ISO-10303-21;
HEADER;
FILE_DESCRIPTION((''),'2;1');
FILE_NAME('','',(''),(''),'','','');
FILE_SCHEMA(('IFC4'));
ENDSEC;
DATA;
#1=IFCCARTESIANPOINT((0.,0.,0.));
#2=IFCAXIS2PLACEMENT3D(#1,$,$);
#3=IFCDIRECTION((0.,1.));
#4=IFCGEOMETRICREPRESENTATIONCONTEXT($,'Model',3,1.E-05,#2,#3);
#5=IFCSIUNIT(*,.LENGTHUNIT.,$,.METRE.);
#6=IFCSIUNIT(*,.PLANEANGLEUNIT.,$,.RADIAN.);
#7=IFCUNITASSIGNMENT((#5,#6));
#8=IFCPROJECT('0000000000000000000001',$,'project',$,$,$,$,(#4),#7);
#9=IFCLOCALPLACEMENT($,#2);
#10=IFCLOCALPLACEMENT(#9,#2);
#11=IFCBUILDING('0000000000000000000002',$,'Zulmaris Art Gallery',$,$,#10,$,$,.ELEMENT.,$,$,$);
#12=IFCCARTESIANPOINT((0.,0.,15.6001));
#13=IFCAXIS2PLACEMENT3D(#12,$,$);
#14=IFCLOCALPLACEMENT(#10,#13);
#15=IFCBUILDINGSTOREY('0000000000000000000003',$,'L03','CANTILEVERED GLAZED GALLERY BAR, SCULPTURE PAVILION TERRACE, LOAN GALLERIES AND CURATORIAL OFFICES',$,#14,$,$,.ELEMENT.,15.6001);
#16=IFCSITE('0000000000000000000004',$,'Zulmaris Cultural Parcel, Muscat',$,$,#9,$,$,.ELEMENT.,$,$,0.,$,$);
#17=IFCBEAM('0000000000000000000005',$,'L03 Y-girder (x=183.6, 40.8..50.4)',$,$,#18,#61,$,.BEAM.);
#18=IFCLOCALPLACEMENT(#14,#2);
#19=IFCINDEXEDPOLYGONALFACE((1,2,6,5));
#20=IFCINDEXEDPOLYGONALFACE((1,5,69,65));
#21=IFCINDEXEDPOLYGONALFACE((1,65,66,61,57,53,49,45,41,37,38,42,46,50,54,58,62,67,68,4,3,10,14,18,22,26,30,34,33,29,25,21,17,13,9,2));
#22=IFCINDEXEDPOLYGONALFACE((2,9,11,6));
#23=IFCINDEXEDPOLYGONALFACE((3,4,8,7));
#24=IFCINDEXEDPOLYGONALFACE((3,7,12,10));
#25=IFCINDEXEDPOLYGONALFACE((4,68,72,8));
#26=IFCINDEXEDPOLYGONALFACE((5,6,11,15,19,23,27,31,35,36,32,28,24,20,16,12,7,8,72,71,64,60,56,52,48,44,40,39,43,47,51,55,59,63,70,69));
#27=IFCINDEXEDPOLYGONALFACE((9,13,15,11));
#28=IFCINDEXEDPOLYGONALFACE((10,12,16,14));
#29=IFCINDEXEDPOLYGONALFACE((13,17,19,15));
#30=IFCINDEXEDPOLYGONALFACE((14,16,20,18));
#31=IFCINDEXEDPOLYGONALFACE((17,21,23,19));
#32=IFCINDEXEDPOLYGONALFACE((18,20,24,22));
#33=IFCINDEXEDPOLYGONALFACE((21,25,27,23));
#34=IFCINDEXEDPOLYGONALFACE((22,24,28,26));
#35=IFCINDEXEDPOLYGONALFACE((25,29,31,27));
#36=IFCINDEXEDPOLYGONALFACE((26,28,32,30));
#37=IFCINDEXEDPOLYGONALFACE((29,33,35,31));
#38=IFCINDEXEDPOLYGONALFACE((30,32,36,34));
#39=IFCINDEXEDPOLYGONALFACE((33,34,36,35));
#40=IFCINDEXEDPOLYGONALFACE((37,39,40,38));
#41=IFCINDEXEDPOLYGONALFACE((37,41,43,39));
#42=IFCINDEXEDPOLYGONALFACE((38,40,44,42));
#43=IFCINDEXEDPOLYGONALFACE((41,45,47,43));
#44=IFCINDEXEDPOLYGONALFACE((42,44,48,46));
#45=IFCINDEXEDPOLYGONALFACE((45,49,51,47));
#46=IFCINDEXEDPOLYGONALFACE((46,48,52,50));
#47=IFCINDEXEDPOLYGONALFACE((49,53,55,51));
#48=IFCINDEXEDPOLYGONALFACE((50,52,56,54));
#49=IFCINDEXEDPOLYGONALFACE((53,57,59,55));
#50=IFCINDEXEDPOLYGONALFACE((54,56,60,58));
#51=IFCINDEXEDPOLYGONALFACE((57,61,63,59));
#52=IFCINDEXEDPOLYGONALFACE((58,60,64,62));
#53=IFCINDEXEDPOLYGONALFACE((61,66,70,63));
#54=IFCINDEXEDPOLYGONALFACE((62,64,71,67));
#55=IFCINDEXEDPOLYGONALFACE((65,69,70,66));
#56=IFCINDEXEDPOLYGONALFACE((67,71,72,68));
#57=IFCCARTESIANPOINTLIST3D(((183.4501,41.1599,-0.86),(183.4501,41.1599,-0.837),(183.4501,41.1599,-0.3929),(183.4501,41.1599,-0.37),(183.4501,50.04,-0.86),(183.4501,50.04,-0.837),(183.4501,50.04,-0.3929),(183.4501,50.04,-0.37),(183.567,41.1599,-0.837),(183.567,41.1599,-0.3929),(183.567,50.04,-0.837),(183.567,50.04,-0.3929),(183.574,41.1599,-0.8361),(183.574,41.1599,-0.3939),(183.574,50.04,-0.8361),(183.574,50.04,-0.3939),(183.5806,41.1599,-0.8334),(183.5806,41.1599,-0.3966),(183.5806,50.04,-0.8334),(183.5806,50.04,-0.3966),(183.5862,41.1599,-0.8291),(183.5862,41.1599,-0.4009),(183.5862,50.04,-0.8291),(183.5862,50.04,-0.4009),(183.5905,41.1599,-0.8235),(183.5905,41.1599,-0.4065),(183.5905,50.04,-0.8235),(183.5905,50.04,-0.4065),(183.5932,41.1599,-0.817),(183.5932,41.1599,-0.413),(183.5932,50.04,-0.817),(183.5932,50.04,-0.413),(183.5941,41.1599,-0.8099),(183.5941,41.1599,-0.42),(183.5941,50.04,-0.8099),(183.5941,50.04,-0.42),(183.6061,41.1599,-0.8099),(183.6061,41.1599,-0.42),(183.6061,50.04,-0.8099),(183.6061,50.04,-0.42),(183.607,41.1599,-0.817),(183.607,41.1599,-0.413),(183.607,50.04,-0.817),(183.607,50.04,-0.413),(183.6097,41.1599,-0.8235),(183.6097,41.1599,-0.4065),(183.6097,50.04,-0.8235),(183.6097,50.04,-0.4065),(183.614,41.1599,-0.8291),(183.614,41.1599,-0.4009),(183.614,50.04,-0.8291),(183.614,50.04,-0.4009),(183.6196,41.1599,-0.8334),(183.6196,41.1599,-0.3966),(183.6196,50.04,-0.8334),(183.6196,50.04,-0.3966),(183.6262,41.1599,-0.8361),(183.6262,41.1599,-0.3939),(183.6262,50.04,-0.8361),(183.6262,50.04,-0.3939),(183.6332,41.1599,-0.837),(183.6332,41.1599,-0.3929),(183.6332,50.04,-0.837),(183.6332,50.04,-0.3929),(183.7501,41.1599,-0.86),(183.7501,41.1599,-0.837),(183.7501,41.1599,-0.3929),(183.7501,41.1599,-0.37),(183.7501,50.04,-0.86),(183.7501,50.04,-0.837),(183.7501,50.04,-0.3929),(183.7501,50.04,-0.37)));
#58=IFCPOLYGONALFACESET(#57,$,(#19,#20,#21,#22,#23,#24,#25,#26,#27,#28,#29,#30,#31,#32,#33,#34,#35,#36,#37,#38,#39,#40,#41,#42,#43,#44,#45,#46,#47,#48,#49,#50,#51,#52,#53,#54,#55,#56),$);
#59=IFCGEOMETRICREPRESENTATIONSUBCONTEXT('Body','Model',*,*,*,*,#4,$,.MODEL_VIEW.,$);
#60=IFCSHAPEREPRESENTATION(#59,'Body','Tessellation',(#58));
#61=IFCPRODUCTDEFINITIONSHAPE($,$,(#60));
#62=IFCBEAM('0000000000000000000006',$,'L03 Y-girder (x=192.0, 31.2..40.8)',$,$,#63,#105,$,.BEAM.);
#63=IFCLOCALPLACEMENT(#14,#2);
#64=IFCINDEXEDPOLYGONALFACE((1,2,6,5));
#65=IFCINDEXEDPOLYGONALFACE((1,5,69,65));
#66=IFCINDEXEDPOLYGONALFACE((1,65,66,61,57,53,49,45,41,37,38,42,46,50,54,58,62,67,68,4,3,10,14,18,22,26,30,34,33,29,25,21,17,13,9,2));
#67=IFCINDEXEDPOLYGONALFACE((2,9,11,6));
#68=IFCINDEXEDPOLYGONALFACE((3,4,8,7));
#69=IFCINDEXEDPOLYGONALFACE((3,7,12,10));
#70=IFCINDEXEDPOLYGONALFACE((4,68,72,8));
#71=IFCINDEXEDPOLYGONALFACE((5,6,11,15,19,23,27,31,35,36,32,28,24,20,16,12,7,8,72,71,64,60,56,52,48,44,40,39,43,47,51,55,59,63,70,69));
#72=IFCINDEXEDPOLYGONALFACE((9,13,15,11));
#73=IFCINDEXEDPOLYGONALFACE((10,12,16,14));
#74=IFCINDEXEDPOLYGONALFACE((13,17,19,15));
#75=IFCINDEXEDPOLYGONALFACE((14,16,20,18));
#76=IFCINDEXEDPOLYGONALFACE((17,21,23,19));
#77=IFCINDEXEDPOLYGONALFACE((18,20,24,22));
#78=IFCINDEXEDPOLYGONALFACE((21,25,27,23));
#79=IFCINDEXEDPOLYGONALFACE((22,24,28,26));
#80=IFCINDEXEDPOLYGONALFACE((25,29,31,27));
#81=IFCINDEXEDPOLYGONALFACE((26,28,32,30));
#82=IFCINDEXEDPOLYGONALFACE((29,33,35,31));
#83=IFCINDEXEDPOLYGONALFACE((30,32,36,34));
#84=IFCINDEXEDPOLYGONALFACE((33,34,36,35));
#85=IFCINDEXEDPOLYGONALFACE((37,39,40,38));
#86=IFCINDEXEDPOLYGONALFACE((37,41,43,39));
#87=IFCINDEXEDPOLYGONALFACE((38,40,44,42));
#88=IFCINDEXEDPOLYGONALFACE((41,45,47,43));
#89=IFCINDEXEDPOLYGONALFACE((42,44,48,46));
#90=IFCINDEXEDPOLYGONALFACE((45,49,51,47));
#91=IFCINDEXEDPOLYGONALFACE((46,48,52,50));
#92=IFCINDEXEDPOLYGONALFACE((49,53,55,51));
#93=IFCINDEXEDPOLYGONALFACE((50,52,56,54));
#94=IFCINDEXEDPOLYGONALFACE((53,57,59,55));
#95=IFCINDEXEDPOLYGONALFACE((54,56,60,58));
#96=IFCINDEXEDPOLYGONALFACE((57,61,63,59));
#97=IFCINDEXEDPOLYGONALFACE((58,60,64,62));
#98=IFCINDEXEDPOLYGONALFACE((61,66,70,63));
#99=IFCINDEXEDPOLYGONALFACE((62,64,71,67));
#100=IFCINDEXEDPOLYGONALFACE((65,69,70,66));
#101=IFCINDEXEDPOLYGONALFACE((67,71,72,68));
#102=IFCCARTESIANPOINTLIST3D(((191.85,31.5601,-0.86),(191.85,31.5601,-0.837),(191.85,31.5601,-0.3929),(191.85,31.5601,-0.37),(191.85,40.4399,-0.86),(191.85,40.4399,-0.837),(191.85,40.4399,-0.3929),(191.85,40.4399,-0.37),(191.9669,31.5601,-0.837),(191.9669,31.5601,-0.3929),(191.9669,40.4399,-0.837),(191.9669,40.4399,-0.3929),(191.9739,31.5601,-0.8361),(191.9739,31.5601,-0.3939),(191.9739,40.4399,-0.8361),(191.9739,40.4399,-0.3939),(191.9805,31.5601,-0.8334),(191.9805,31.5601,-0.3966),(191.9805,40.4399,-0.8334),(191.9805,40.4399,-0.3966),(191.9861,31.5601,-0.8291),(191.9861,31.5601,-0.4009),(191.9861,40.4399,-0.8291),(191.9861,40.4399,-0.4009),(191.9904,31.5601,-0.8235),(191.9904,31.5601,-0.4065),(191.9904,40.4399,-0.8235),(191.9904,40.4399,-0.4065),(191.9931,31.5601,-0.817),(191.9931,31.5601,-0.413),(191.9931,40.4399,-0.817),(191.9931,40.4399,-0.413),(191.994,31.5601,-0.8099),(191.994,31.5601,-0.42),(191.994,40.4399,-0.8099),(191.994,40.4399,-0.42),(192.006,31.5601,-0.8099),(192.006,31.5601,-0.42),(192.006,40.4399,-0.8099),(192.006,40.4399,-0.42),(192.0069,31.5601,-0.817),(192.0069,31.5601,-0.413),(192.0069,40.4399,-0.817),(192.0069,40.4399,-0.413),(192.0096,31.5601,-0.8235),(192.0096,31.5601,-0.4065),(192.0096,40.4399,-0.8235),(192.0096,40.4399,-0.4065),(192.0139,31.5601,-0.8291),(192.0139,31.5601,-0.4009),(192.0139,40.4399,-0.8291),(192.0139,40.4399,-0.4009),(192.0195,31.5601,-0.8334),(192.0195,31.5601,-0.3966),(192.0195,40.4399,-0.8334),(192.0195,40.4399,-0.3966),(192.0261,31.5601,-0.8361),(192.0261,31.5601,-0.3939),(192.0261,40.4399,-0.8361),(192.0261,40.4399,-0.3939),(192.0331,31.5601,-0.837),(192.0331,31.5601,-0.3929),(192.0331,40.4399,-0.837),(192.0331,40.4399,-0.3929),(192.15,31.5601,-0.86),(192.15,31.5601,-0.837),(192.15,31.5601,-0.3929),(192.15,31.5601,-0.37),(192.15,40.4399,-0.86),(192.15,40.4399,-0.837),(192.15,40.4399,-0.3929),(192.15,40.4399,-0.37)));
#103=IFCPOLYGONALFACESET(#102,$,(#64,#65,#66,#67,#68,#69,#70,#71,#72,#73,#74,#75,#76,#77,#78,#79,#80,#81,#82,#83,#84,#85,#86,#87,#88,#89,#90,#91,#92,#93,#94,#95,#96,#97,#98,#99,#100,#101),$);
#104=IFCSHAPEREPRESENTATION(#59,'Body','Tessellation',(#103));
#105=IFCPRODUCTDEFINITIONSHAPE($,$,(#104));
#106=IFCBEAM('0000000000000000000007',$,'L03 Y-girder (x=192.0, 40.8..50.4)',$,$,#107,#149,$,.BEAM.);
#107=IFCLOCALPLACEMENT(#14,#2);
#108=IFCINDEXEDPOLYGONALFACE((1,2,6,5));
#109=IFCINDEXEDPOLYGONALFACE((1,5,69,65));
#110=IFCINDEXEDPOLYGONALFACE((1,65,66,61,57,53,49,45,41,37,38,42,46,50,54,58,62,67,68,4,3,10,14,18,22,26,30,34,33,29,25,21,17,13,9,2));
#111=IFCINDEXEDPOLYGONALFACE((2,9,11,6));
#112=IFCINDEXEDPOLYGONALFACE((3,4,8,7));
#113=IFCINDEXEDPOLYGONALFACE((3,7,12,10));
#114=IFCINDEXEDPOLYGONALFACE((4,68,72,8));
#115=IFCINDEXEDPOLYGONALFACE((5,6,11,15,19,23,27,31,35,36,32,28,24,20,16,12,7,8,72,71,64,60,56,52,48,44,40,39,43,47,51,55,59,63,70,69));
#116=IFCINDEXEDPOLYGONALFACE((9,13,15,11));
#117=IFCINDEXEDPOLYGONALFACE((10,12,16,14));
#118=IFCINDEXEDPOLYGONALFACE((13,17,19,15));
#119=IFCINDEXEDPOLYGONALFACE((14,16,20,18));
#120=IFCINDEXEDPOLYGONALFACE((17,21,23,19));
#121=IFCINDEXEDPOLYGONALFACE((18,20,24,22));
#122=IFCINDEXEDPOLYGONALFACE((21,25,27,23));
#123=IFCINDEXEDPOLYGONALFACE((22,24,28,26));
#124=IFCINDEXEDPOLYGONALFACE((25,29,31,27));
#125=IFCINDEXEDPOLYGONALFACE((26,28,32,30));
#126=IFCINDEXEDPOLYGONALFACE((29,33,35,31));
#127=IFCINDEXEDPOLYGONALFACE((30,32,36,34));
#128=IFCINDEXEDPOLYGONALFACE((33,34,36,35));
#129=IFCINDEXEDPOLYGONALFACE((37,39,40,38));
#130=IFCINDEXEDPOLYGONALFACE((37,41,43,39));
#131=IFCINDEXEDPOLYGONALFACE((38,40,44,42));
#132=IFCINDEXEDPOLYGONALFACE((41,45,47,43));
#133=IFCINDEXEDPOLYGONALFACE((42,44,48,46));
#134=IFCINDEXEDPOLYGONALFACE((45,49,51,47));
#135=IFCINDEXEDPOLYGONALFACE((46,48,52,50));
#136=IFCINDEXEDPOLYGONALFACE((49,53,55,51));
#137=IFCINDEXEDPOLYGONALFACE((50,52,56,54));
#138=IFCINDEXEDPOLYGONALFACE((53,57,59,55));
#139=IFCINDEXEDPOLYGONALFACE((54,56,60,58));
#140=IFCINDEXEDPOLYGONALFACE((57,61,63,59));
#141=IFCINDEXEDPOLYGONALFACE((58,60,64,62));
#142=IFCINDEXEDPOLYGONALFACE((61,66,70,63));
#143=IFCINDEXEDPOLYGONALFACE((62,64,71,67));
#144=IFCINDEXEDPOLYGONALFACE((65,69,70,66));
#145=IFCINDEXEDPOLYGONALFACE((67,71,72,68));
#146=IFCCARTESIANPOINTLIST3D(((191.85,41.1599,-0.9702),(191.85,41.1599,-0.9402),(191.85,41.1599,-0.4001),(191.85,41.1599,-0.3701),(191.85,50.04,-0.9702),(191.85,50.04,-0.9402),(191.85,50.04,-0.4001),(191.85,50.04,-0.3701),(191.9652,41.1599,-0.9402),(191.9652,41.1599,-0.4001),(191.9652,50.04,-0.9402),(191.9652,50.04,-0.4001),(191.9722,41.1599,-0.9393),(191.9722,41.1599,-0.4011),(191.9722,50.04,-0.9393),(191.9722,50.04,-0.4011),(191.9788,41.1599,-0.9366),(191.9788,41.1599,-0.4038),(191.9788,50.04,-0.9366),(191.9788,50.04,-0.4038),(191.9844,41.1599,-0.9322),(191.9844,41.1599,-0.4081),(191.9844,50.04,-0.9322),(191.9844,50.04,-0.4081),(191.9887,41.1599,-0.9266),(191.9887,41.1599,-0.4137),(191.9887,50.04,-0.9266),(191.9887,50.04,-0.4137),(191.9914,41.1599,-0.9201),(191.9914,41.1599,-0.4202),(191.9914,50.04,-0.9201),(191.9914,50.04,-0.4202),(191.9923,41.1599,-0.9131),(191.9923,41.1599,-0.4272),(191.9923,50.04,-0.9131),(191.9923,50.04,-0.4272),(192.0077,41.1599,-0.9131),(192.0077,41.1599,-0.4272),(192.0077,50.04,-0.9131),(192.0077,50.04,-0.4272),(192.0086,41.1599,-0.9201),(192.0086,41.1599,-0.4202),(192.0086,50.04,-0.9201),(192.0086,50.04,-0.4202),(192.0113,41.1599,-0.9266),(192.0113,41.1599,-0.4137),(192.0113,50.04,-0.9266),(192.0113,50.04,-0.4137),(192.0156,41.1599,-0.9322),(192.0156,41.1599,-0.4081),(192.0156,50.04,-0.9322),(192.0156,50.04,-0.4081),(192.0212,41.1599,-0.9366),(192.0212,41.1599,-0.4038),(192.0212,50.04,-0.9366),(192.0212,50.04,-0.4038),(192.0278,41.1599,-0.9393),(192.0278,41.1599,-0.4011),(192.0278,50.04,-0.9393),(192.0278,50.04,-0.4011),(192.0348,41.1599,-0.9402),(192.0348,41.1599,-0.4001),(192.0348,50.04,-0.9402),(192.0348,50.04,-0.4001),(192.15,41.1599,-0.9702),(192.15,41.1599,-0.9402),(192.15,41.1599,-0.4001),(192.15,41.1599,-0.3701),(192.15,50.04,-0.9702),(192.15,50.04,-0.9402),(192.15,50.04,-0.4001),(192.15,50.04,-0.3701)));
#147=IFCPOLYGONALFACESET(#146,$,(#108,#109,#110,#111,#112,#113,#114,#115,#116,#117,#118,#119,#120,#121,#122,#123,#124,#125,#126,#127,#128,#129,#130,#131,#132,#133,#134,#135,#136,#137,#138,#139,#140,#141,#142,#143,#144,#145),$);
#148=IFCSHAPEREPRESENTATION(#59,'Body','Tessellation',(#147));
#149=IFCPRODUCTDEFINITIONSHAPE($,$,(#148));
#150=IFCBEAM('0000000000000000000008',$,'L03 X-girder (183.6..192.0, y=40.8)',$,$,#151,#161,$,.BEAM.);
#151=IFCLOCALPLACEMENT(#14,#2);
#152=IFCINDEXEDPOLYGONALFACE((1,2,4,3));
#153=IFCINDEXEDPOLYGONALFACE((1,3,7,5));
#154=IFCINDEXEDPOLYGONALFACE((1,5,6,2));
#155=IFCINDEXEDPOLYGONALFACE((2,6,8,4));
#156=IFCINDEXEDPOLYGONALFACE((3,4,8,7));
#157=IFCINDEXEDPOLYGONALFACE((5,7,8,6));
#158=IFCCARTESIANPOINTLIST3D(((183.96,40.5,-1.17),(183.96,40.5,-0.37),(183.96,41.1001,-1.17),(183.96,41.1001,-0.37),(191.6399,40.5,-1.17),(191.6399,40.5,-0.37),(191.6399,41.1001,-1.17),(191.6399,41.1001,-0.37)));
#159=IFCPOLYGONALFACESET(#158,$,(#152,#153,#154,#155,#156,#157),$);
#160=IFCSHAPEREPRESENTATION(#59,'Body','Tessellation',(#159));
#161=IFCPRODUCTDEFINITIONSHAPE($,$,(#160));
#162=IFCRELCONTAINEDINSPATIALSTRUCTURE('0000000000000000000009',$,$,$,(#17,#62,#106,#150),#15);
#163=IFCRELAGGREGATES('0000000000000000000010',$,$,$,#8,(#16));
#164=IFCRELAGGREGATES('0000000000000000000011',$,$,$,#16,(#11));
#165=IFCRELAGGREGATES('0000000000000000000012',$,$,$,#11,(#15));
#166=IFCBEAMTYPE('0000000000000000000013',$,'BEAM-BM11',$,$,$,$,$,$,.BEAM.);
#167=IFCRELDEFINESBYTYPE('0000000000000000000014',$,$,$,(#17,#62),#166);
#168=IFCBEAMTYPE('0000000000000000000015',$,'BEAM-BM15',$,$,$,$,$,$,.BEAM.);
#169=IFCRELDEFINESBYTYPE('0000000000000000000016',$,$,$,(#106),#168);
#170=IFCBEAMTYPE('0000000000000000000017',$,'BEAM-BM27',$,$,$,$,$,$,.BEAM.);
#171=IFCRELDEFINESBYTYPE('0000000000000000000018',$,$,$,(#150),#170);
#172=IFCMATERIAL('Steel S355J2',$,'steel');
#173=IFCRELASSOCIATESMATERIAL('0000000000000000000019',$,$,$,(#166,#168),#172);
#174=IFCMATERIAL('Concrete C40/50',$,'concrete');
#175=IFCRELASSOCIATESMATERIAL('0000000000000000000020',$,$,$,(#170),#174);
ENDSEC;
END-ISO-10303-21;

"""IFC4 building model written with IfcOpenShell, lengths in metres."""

from ifc_helpers import new_model, si_unit, direction, frame, origin, origin_2d, place, context, subcontext, project, spatial, rectangle, i_section, extrude, material, material_profile, profile_set, type_object, element, save


model = new_model("IFC4")

# Units and contexts
model_context = context("Model", 3, precision=1e-05, world=origin(), true_north=direction((0.0, 1.0)))
body_context = subcontext(model_context, "Body", "Model", "MODEL_VIEW")
ifc_project = project(units=[si_unit("LENGTHUNIT", "METRE"), si_unit("PLANEANGLEUNIT", "RADIAN")], contexts=[model_context])

# Site, building, storey
site_placement = place(None, origin())
site = spatial("IfcSite", under=ifc_project, at=site_placement, Name="Zulmaris Cultural Parcel, Muscat", CompositionType="ELEMENT", RefElevation=0.0)
building_placement = place(site_placement, origin())
building = spatial("IfcBuilding", under=site, at=building_placement, Name="Zulmaris Art Gallery", CompositionType="ELEMENT")
storey_placement = place(building_placement, frame((0.0, 0.0, 15.6001)))
storey = spatial("IfcBuildingStorey", under=building, at=storey_placement, Name="L03", Description="CANTILEVERED GLAZED GALLERY BAR, SCULPTURE PAVILION TERRACE, LOAN GALLERIES AND CURATORIAL OFFICES", CompositionType="ELEMENT", Elevation=15.6001)

# Shared definitions
ifc_material_1 = material(Name="Concrete C40/50", Category="concrete")

# Beams
ifc_material_2 = material(Name="Steel S355J2", Category="steel")
ifc_material_profile_1 = material_profile(ifc_material_2, i_section(OverallWidth=0.3, OverallDepth=0.49, WebThickness=0.012, FlangeThickness=0.0229, FilletRadius=0.0271, at=origin_2d()), Name="HEA 500")
ifc_profile_set_1 = profile_set([ifc_material_profile_1], Name="Steel S355J2")
beam_type_1 = type_object("IfcBeamType", Name="BEAM-BM11", PredefinedType="BEAM", material=ifc_profile_set_1)
beam_1_placement = place(storey_placement, frame((183.6001, 41.1599, -0.615), z_axis=(0.0, 1.0, 0.0), x_axis=(-1.0, 0.0, 0.0)))
element("IfcBeam", 1, at=beam_1_placement, inside=storey, type_object=beam_type_1, Name="L03 Y-girder (x=183.6, 40.8..50.4)", PredefinedType="BEAM", context=body_context, shape_type="SweptSolid", body=[
    extrude(i_section(OverallWidth=0.3, OverallDepth=0.49, WebThickness=0.012, FlangeThickness=0.0229, FilletRadius=0.0271, at=origin_2d()), origin(), (0.0, 0.0, 1.0), 8.8801),
])
beam_2_placement = place(storey_placement, frame((192.0, 31.5601, -0.615), z_axis=(0.0, 1.0, 0.0), x_axis=(-1.0, 0.0, 0.0)))
element("IfcBeam", 2, at=beam_2_placement, inside=storey, type_object=beam_type_1, Name="L03 Y-girder (x=192.0, 31.2..40.8)", PredefinedType="BEAM", context=body_context, shape_type="SweptSolid", body=[
    extrude(i_section(OverallWidth=0.3, OverallDepth=0.49, WebThickness=0.012, FlangeThickness=0.0229, FilletRadius=0.0271, at=origin_2d()), origin(), (0.0, 0.0, 1.0), 8.8799),
])
ifc_material_profile_2 = material_profile(ifc_material_2, i_section(OverallWidth=0.3, OverallDepth=0.6001, WebThickness=0.0154, FlangeThickness=0.03, FilletRadius=0.0271, at=origin_2d()), Name="HEB 600")
ifc_profile_set_2 = profile_set([ifc_material_profile_2], Name="Steel S355J2")
beam_type_2 = type_object("IfcBeamType", Name="BEAM-BM15", PredefinedType="BEAM", material=ifc_profile_set_2)
beam_3_placement = place(storey_placement, frame((192.0, 41.1599, -0.6702), z_axis=(0.0, 1.0, 0.0), x_axis=(-1.0, 0.0, 0.0)))
element("IfcBeam", 3, at=beam_3_placement, inside=storey, type_object=beam_type_2, Name="L03 Y-girder (x=192.0, 40.8..50.4)", PredefinedType="BEAM", context=body_context, shape_type="SweptSolid", body=[
    extrude(i_section(OverallWidth=0.3, OverallDepth=0.6001, WebThickness=0.0154, FlangeThickness=0.03, FilletRadius=0.0271, at=origin_2d()), origin(), (0.0, 0.0, 1.0), 8.8801),
])
ifc_material_profile_3 = material_profile(ifc_material_1, rectangle(XDim=0.6001, YDim=0.8, at=origin_2d()), Name="RC 600x800")
ifc_profile_set_3 = profile_set([ifc_material_profile_3], Name="Concrete C40/50")
beam_type_3 = type_object("IfcBeamType", Name="BEAM-BM27", PredefinedType="BEAM", material=ifc_profile_set_3)
beam_4_placement = place(storey_placement, frame((183.96, 40.8, -0.77), z_axis=(1.0, 0.0, 0.0), x_axis=(0.0, 1.0, 0.0)))
element("IfcBeam", 4, at=beam_4_placement, inside=storey, type_object=beam_type_3, Name="L03 X-girder (183.6..192.0, y=40.8)", PredefinedType="BEAM", context=body_context, shape_type="SweptSolid", body=[
    extrude(rectangle(XDim=0.6001, YDim=0.8, at=origin_2d()), origin(), (0.0, 0.0, 1.0), 7.6799),
])

save(model, "model.ifc")
